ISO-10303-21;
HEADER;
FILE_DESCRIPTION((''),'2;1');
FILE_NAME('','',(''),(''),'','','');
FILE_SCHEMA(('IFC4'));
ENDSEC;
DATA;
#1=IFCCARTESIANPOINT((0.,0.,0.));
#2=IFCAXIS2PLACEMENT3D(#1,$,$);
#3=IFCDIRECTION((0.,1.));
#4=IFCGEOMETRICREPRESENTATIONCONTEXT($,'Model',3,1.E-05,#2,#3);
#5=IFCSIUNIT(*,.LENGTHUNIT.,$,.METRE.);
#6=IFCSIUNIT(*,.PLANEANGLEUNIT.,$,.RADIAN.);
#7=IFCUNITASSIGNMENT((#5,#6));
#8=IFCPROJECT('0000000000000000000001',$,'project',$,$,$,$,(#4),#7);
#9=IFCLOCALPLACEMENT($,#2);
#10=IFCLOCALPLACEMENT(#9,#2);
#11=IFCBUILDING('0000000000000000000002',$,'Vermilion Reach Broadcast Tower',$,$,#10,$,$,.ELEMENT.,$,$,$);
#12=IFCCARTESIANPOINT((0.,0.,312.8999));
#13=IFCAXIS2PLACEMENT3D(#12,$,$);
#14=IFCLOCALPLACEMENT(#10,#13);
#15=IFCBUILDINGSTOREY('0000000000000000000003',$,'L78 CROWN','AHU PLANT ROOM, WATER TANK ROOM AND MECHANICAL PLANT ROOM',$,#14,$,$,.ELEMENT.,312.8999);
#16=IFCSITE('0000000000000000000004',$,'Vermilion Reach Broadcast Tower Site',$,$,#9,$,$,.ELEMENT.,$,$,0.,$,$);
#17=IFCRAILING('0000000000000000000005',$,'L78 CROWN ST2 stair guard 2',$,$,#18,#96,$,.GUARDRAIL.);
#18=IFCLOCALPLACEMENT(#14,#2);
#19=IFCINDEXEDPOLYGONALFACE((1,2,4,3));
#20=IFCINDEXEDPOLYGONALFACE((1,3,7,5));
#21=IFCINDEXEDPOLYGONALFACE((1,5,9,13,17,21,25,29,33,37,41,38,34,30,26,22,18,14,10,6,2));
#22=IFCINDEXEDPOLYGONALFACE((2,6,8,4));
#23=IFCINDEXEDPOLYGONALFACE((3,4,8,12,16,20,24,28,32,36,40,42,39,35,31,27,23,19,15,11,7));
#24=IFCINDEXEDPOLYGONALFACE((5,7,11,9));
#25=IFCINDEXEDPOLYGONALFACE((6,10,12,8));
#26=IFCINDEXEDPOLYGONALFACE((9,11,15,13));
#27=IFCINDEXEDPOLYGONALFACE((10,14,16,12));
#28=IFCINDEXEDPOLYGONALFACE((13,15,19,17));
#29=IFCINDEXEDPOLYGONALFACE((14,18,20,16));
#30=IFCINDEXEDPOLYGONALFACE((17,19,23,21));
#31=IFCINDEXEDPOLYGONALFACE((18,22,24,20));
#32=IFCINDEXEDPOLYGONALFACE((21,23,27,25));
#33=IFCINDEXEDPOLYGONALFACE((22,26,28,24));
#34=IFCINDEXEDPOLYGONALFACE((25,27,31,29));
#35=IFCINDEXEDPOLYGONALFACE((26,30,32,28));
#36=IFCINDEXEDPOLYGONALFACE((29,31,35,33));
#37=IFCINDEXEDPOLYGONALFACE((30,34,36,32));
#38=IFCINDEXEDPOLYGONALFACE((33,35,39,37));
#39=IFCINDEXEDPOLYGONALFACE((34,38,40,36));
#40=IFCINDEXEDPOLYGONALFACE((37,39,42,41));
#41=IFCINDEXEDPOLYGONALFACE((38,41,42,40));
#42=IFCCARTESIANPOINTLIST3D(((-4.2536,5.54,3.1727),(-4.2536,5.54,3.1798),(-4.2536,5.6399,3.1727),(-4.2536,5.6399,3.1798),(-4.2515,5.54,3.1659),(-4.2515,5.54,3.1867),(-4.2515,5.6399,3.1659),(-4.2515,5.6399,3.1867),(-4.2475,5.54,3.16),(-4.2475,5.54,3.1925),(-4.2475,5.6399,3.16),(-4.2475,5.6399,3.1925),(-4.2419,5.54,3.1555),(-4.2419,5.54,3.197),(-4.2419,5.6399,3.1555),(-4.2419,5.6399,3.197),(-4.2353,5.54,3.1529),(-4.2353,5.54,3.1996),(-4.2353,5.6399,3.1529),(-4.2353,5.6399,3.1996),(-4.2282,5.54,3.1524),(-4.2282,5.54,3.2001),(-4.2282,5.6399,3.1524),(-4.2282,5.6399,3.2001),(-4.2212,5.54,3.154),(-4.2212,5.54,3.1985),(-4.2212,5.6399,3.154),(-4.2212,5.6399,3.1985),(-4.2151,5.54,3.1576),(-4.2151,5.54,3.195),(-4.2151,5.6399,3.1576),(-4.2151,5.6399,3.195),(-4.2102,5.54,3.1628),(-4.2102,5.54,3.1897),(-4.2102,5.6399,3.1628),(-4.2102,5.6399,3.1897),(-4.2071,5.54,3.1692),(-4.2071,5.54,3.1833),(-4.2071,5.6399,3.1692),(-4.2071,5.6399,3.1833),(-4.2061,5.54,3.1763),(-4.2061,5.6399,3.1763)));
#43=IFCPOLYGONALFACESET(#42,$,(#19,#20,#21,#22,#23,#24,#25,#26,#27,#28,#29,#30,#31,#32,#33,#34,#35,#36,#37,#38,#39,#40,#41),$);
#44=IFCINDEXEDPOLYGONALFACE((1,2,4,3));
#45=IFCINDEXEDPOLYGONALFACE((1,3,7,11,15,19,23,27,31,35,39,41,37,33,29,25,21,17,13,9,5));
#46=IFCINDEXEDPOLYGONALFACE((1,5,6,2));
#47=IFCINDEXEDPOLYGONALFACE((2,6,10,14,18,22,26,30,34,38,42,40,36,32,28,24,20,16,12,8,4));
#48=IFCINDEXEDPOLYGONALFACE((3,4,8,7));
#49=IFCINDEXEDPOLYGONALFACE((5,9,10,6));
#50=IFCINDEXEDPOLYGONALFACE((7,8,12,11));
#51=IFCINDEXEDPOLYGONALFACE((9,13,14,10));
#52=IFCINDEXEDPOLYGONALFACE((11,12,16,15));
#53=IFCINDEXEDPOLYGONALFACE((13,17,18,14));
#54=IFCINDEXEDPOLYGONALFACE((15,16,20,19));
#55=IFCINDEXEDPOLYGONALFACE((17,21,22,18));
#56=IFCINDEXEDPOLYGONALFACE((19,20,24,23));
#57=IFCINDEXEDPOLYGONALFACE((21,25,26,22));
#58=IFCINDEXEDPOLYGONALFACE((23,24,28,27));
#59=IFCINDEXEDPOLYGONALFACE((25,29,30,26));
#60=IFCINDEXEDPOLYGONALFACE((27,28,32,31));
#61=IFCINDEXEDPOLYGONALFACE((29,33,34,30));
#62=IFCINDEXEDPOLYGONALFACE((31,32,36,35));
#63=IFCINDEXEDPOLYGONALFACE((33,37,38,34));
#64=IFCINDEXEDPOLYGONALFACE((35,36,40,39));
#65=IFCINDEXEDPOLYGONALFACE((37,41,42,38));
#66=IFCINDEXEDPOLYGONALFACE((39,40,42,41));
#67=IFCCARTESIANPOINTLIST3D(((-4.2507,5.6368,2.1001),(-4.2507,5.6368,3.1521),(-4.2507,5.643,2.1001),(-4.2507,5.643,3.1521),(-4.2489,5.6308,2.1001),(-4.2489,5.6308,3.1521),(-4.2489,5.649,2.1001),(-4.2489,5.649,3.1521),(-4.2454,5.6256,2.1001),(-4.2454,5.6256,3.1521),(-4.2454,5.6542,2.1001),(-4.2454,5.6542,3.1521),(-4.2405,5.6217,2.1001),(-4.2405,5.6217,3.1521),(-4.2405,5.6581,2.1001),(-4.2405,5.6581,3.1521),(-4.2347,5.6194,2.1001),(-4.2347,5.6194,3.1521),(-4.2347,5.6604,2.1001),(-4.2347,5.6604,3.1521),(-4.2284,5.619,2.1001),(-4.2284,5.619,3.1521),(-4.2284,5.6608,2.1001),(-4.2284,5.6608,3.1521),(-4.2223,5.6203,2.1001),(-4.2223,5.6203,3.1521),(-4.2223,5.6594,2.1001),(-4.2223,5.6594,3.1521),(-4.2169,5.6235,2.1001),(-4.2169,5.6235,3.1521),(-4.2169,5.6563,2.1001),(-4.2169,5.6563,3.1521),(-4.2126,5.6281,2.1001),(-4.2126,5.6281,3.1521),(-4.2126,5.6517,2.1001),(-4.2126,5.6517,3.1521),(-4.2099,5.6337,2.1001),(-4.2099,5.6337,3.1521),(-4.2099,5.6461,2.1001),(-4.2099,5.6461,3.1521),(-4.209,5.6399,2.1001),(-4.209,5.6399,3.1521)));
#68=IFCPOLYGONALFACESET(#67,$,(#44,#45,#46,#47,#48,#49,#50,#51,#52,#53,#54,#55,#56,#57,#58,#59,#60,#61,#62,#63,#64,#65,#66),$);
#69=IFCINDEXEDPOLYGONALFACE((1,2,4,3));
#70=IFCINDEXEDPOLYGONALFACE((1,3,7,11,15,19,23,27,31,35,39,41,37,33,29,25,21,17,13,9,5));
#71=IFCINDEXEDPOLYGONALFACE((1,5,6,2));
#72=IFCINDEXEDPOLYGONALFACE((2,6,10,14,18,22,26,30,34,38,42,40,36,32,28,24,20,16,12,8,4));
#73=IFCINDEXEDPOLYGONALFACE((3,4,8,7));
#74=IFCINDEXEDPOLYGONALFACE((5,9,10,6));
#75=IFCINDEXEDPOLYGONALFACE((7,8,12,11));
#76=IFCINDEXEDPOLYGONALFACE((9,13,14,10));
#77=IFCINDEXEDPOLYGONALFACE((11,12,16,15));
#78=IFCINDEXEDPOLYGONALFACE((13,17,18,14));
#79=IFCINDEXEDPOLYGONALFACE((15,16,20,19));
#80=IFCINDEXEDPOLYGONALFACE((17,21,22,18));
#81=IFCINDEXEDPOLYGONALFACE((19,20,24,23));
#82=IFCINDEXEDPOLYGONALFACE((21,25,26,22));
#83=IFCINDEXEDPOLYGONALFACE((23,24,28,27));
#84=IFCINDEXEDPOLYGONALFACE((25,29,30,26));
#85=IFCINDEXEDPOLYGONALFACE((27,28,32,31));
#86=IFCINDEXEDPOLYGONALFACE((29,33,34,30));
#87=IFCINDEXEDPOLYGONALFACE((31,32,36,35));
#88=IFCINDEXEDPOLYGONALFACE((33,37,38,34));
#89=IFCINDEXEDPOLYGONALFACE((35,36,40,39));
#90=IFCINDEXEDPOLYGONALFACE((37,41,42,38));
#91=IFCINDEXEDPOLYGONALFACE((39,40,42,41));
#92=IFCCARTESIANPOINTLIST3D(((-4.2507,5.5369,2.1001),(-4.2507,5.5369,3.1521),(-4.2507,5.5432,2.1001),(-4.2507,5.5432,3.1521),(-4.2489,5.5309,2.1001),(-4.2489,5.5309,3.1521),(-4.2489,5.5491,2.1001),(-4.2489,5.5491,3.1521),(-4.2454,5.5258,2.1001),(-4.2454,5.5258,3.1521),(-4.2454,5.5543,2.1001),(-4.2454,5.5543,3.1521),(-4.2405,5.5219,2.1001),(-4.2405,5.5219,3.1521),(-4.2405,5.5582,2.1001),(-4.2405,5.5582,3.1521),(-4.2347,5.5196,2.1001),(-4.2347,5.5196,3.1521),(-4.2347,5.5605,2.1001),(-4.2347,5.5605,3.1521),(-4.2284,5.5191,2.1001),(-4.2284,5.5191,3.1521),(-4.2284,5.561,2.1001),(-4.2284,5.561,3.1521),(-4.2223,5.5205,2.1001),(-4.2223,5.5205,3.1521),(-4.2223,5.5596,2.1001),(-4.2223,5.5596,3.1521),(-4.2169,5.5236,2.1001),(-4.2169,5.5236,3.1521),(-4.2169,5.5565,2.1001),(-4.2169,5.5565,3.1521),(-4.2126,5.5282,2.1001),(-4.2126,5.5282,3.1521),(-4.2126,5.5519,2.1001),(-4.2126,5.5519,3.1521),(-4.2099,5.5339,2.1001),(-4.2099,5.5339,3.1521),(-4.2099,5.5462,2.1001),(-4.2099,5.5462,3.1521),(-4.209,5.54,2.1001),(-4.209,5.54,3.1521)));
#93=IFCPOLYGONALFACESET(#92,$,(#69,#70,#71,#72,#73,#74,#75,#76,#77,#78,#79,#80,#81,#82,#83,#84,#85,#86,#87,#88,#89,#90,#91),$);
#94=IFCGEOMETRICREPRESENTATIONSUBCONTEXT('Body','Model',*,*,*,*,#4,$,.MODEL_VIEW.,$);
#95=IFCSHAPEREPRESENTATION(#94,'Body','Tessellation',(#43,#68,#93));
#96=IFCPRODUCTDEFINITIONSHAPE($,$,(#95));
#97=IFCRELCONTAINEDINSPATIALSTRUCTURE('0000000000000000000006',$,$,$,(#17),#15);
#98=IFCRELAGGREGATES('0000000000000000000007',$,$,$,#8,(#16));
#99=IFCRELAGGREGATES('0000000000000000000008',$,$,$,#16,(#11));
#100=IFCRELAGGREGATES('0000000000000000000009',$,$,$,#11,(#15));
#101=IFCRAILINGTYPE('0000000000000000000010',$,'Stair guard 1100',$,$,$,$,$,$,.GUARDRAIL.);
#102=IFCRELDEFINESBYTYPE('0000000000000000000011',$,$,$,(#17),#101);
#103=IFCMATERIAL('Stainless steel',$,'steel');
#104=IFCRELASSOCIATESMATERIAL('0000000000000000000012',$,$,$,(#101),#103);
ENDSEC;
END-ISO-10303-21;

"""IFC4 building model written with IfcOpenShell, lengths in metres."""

from ifc_helpers import new_model, si_unit, direction, frame, origin, origin_2d, place, context, subcontext, project, spatial, circle, extrude, material, type_object, element, save


model = new_model("IFC4")

# Units and contexts
model_context = context("Model", 3, precision=1e-05, world=origin(), true_north=direction((0.0, 1.0)))
body_context = subcontext(model_context, "Body", "Model", "MODEL_VIEW")
ifc_project = project(units=[si_unit("LENGTHUNIT", "METRE"), si_unit("PLANEANGLEUNIT", "RADIAN")], contexts=[model_context])

# Site, building, storey
site_placement = place(None, origin())
site = spatial("IfcSite", under=ifc_project, at=site_placement, Name="Vermilion Reach Broadcast Tower Site", CompositionType="ELEMENT", RefElevation=0.0)
building_placement = place(site_placement, origin())
building = spatial("IfcBuilding", under=site, at=building_placement, Name="Vermilion Reach Broadcast Tower", CompositionType="ELEMENT")
storey_placement = place(building_placement, frame((0.0, 0.0, 312.8999)))
storey = spatial("IfcBuildingStorey", under=building, at=storey_placement, Name="L78 CROWN", Description="AHU PLANT ROOM, WATER TANK ROOM AND MECHANICAL PLANT ROOM", CompositionType="ELEMENT", Elevation=312.8999)

# Railing
ifc_material_1 = material(Name="Stainless steel", Category="steel")
railing_type_1 = type_object("IfcRailingType", Name="Stair guard 1100", PredefinedType="GUARDRAIL", material=ifc_material_1)
railing_1_placement = place(storey_placement, frame((-4.23, 5.6399, 2.1001)))
element("IfcRailing", 1, at=railing_1_placement, inside=storey, type_object=railing_type_1, Name="L78 CROWN ST2 stair guard 2", PredefinedType="GUARDRAIL", context=body_context, shape_type="SweptSolid", body=[
    extrude(circle(Radius=0.0239, at=origin_2d()), frame((0.0, 0.0, 1.0762), z_axis=(0.0, -1.0, 0.0), x_axis=(1.0, 0.0, 0.0)), (0.0, 0.0, 1.0), 0.0999),
    extrude(circle(Radius=0.021, at=origin_2d()), origin(), (0.0, 0.0, 1.0), 1.052),
    extrude(circle(Radius=0.021, at=origin_2d()), frame((0.0, -0.0999, 0.0)), (0.0, 0.0, 1.0), 1.052),
])

save(model, "model.ifc")
